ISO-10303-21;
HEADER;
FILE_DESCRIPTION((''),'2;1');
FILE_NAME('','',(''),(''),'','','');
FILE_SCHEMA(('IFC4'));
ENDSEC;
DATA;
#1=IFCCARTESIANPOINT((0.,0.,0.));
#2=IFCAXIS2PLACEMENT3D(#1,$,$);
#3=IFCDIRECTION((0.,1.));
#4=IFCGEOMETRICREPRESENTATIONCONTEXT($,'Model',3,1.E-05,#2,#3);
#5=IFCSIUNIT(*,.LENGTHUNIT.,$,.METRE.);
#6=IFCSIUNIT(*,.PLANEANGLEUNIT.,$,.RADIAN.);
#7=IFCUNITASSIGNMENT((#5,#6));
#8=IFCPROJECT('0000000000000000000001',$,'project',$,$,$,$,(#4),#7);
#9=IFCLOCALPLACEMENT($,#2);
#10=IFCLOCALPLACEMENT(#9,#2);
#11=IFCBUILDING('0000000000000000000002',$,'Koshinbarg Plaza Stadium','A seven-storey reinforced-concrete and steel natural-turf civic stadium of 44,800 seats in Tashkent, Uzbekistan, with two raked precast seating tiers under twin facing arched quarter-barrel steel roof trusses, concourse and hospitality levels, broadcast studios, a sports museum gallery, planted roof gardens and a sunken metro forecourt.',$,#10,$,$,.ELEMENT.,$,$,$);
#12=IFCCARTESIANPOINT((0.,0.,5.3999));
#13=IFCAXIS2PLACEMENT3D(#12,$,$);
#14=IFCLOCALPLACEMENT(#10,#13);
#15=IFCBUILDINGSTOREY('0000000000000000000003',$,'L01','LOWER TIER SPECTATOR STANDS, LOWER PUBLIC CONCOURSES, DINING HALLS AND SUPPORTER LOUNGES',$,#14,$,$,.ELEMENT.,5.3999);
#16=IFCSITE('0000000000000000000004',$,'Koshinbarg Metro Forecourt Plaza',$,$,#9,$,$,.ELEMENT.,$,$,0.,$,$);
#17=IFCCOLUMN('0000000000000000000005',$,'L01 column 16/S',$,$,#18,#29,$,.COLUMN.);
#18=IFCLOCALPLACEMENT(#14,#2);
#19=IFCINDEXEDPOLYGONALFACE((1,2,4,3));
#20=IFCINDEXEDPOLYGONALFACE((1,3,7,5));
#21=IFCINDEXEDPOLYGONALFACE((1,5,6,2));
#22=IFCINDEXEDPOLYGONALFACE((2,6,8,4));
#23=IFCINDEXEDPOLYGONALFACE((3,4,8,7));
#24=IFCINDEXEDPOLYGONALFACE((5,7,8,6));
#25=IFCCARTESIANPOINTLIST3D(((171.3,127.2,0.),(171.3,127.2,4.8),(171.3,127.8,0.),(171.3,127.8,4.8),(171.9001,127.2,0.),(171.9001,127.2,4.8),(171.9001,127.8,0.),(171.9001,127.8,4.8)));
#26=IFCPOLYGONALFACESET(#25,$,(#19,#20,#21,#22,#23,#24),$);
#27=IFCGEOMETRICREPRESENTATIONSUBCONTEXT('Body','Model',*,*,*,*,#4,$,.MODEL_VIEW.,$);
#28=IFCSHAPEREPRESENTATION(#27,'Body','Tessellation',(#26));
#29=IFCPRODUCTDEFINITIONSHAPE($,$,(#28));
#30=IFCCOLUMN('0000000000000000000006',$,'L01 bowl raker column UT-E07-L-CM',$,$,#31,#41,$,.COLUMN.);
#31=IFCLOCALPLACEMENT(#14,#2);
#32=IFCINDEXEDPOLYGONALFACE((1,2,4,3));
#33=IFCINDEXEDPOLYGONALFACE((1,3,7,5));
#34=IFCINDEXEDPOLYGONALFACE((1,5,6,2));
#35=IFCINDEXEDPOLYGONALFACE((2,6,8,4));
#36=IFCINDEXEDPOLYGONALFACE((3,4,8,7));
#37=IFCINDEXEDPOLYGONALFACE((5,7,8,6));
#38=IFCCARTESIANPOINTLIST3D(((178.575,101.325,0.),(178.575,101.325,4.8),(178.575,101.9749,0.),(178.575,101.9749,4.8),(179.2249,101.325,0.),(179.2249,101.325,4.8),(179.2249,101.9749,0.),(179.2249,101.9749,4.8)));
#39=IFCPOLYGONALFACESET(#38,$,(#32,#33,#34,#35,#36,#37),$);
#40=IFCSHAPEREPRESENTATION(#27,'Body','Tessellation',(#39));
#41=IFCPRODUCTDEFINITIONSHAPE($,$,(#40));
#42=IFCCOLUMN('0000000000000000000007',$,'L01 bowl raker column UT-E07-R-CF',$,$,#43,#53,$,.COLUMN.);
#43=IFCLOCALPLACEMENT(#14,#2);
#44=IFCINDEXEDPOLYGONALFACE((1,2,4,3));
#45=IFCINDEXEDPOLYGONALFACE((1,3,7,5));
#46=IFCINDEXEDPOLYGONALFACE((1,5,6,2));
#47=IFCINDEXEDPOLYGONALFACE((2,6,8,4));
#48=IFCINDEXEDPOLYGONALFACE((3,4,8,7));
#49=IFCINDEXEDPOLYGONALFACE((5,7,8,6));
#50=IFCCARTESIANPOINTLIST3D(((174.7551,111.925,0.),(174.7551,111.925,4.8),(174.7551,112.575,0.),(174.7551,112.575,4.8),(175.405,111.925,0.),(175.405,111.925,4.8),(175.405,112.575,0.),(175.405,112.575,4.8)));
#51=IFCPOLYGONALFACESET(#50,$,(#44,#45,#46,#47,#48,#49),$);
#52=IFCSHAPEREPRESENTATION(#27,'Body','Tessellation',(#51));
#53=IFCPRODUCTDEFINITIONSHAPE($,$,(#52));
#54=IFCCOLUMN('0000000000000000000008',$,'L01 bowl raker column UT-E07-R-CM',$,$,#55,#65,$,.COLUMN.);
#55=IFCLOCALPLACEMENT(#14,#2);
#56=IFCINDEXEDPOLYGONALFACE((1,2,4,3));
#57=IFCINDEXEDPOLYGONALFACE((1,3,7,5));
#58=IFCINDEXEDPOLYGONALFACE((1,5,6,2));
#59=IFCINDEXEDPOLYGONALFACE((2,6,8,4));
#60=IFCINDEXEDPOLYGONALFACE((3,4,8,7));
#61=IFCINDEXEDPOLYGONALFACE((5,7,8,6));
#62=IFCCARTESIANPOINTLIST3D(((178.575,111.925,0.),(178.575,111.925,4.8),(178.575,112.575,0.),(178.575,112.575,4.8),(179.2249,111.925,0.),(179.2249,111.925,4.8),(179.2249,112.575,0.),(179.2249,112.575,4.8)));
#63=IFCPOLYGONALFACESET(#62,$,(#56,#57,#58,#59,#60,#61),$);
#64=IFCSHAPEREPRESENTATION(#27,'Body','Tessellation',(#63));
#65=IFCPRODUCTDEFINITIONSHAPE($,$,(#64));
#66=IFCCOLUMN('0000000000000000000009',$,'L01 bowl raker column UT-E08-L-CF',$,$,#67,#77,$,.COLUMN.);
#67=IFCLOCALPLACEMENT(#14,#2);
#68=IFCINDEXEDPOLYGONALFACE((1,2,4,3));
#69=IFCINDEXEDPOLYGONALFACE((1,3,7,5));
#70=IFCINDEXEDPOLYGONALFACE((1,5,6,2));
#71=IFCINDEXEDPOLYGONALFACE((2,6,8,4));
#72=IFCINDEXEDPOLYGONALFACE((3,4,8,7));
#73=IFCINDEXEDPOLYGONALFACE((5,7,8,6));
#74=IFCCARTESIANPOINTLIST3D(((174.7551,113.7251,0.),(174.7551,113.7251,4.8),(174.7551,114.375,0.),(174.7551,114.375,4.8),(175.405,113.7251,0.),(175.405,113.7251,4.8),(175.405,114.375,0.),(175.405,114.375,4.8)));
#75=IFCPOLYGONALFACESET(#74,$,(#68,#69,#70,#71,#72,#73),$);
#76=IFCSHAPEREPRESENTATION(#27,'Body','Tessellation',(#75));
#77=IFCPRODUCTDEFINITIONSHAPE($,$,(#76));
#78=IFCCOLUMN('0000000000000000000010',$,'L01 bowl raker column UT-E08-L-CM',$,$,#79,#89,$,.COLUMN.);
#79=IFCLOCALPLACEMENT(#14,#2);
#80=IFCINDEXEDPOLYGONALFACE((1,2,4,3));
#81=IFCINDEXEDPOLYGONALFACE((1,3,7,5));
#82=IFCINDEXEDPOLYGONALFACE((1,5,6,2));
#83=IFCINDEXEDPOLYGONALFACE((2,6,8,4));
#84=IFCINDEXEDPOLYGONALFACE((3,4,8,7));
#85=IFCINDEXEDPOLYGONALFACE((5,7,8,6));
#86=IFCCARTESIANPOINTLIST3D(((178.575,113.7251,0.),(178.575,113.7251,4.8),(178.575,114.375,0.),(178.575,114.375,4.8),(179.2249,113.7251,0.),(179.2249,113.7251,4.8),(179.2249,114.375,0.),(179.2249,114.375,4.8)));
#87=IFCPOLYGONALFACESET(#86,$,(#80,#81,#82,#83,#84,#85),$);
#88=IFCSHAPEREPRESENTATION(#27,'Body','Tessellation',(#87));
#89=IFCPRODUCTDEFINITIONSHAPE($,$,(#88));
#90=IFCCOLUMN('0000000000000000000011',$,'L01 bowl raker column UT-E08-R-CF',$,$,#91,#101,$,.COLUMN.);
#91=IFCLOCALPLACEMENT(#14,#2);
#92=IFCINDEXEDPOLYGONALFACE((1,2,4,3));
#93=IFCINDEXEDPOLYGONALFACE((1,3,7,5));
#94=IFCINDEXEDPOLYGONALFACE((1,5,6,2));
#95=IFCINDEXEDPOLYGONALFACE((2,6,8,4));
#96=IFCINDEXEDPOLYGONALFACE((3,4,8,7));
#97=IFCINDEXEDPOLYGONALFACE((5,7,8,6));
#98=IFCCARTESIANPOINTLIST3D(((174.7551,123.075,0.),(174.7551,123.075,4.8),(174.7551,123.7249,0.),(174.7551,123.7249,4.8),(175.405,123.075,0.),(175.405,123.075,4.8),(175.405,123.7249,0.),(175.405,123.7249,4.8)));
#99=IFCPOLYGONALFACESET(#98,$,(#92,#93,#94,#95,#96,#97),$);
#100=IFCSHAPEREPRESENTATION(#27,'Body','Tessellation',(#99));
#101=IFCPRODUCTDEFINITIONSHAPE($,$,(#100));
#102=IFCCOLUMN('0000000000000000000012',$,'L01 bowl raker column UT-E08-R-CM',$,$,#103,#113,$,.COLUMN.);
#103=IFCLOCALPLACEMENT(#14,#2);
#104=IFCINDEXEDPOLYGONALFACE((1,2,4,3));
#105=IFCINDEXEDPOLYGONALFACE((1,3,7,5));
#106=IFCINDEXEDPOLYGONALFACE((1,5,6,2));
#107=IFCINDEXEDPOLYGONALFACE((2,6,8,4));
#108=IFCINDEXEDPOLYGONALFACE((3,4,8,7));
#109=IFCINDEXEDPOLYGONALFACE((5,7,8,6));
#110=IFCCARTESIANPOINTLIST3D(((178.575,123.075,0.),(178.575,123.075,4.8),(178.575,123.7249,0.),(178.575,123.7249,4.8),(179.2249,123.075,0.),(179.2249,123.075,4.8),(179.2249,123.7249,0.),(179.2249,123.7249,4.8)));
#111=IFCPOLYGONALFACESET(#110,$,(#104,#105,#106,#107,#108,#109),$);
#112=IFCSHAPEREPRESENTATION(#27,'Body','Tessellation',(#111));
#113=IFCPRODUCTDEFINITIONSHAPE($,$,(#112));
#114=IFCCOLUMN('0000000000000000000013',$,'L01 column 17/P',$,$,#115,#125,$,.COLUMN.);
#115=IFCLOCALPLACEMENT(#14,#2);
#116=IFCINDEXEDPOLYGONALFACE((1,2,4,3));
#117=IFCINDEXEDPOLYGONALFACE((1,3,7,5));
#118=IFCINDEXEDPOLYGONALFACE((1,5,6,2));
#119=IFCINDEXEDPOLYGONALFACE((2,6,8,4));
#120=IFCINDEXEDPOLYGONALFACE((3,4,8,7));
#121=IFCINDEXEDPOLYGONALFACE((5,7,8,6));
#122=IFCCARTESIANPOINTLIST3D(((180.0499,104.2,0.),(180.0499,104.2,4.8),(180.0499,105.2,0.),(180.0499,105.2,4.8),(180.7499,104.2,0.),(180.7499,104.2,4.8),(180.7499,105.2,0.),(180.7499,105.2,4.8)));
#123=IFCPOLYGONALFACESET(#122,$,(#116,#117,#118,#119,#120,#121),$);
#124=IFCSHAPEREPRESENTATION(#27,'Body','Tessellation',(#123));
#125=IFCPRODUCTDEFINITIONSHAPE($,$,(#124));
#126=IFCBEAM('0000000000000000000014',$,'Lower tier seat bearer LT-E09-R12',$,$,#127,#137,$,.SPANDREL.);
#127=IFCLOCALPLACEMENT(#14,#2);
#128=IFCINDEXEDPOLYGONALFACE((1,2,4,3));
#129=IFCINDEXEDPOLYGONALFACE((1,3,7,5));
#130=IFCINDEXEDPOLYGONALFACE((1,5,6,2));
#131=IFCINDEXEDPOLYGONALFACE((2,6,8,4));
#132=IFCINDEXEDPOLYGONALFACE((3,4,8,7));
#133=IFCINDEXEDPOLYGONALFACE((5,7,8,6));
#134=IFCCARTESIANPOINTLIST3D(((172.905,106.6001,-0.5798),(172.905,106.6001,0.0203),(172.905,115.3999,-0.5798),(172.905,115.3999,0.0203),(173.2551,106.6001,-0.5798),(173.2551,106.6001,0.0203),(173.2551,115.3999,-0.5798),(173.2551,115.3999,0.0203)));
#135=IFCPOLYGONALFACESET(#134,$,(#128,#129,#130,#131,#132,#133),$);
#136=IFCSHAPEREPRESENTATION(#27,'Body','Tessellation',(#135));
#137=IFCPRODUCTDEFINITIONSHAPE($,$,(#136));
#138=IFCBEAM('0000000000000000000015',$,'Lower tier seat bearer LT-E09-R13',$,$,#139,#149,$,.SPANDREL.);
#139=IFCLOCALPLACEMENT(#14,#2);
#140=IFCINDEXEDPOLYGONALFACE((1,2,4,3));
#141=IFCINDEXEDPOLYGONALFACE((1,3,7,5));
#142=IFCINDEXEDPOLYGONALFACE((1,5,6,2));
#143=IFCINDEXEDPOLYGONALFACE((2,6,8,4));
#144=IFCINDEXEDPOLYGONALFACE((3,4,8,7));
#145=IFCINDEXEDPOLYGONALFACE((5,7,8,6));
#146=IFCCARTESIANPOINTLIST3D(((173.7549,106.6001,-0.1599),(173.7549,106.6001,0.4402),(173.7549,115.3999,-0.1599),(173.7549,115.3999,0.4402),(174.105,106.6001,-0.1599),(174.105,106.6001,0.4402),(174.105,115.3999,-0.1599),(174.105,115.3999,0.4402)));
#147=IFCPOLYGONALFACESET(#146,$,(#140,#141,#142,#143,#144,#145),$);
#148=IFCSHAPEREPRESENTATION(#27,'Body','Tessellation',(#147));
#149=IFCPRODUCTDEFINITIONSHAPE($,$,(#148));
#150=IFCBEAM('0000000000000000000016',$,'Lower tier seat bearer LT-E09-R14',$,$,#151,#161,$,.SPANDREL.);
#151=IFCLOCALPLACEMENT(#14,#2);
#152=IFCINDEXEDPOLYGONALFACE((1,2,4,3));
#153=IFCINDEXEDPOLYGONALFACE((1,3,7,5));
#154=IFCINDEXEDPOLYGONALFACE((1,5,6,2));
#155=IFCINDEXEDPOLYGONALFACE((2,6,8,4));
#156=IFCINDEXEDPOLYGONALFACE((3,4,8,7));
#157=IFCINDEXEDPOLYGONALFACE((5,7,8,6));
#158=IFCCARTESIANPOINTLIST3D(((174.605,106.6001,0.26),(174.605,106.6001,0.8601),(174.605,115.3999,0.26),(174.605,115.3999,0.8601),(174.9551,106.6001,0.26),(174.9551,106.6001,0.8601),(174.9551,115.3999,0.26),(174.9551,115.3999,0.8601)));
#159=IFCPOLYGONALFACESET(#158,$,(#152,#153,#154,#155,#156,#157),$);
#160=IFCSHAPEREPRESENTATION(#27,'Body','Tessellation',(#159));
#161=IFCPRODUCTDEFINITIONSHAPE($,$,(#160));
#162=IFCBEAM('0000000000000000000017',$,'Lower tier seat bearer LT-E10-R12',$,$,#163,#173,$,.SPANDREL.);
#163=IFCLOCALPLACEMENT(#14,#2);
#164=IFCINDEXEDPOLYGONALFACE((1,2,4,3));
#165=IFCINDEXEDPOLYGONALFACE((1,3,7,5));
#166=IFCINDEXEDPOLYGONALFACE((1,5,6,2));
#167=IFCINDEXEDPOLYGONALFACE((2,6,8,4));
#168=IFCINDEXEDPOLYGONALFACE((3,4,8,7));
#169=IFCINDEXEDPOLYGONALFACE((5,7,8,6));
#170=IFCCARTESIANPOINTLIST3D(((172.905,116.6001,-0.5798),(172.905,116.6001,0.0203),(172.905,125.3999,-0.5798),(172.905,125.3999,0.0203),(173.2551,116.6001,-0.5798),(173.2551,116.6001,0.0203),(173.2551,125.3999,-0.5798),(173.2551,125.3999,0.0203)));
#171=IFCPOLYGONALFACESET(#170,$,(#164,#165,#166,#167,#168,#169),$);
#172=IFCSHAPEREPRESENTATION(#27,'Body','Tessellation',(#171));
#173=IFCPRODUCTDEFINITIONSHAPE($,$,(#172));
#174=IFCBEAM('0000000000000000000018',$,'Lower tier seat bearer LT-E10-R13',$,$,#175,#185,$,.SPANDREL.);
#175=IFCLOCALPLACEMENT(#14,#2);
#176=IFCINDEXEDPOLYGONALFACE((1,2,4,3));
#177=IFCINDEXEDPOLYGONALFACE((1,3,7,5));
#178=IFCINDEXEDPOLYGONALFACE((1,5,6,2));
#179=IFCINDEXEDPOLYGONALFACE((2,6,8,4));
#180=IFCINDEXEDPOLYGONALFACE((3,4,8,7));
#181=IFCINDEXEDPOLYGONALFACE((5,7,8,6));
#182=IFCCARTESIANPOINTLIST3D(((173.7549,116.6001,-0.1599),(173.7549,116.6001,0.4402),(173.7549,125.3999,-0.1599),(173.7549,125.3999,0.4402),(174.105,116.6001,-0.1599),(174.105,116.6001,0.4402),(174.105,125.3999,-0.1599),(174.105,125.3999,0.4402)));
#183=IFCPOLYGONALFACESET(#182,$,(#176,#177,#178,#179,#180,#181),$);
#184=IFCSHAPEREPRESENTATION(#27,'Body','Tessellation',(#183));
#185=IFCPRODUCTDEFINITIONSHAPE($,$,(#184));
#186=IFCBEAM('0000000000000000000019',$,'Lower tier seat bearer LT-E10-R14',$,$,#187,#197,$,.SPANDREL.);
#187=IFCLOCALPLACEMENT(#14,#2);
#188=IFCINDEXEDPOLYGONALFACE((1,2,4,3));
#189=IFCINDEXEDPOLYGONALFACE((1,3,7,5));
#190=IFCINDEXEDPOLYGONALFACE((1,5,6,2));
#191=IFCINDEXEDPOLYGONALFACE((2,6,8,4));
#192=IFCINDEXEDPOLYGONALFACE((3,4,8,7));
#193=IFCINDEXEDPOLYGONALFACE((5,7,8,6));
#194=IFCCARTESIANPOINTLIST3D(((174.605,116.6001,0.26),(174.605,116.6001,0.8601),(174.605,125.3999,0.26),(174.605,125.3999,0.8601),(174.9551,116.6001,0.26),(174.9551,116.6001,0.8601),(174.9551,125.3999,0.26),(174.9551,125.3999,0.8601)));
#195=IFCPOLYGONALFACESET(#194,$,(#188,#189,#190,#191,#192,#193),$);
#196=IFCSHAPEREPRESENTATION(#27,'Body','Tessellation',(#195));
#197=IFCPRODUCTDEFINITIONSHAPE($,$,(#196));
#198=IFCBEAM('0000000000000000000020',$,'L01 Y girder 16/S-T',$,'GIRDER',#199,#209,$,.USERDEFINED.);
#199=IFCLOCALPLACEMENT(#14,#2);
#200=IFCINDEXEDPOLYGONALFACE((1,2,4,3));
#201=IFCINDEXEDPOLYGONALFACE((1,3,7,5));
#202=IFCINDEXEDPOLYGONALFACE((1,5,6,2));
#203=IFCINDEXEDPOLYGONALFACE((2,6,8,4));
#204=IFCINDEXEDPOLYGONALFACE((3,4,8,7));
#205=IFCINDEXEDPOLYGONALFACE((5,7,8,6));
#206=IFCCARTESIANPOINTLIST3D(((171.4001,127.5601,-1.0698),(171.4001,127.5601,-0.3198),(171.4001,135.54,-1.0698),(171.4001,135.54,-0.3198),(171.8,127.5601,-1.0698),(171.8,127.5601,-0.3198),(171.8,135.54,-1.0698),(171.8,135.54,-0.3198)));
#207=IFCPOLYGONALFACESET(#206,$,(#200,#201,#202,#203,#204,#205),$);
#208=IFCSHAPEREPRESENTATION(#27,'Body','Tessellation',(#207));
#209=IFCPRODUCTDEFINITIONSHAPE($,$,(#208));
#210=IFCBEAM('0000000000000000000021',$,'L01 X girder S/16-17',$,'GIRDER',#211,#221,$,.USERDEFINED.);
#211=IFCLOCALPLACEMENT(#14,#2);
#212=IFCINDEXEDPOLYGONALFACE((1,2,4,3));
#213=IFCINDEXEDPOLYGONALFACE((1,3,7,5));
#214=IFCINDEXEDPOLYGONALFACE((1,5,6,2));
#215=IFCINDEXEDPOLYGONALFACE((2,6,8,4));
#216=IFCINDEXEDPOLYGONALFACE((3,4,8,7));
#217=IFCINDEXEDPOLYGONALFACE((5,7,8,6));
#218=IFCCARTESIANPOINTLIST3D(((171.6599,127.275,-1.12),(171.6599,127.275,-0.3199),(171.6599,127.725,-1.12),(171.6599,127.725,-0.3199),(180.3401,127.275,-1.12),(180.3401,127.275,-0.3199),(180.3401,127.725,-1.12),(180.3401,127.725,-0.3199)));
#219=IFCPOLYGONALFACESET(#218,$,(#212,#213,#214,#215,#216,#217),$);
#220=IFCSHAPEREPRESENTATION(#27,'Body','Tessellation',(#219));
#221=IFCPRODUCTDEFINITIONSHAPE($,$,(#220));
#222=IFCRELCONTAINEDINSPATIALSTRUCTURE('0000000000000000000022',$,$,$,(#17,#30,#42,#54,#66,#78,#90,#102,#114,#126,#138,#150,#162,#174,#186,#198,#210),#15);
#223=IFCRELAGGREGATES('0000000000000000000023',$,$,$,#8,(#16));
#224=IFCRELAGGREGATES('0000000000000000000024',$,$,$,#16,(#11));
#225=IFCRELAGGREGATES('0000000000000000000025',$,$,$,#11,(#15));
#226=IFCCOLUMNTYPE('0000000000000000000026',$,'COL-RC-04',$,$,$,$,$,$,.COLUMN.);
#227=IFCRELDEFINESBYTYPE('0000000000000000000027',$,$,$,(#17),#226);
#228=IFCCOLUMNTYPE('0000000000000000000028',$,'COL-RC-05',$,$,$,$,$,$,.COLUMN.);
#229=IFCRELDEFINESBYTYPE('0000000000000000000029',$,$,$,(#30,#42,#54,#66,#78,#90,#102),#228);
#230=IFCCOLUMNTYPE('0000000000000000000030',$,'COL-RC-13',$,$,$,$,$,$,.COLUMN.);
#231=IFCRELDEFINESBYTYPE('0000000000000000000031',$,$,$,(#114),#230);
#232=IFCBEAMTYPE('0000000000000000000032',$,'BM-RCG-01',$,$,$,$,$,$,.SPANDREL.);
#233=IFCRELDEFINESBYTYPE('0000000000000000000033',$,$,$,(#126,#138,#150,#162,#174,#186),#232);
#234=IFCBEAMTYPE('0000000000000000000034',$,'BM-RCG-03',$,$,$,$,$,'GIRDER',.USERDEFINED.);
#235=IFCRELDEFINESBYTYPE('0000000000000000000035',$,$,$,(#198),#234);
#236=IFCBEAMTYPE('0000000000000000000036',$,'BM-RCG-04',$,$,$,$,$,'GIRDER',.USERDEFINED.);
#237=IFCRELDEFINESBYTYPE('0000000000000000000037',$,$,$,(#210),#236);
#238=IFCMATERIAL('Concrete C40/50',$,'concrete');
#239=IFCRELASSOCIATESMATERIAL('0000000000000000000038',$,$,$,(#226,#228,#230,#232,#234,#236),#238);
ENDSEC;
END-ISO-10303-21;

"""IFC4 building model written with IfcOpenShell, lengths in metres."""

from ifc_helpers import new_model, si_unit, direction, frame, origin, origin_2d, place, context, subcontext, project, spatial, rectangle, extrude, material, material_profile, profile_set, type_object, element, save


model = new_model("IFC4")

# Units and contexts
model_context = context("Model", 3, precision=1e-05, world=origin(), true_north=direction((0.0, 1.0)))
body_context = subcontext(model_context, "Body", "Model", "MODEL_VIEW")
ifc_project = project(units=[si_unit("LENGTHUNIT", "METRE"), si_unit("PLANEANGLEUNIT", "RADIAN")], contexts=[model_context])

# Site, building, storey
site_placement = place(None, origin())
site = spatial("IfcSite", under=ifc_project, at=site_placement, Name="Koshinbarg Metro Forecourt Plaza", CompositionType="ELEMENT", RefElevation=0.0)
building_placement = place(site_placement, origin())
building = spatial("IfcBuilding", under=site, at=building_placement, Name="Koshinbarg Plaza Stadium", Description="A seven-storey reinforced-concrete and steel natural-turf civic stadium of 44,800 seats in Tashkent, Uzbekistan, with two raked precast seating tiers under twin facing arched quarter-barrel steel roof trusses, concourse and hospitality levels, broadcast studios, a sports museum gallery, planted roof gardens and a sunken metro forecourt.", CompositionType="ELEMENT")
storey_placement = place(building_placement, frame((0.0, 0.0, 5.3999)))
storey = spatial("IfcBuildingStorey", under=building, at=storey_placement, Name="L01", Description="LOWER TIER SPECTATOR STANDS, LOWER PUBLIC CONCOURSES, DINING HALLS AND SUPPORTER LOUNGES", CompositionType="ELEMENT", Elevation=5.3999)

# Columns
ifc_material_1 = material(Name="Concrete C40/50", Category="concrete")
ifc_material_profile_1 = material_profile(ifc_material_1, rectangle(XDim=0.6001, YDim=0.6001, at=origin_2d()), Name="RC 600x600")
ifc_profile_set_1 = profile_set([ifc_material_profile_1], Name="Concrete C40/50")
column_type_1 = type_object("IfcColumnType", Name="COL-RC-04", PredefinedType="COLUMN", material=ifc_profile_set_1)
column_1_placement = place(storey_placement, frame((171.6001, 127.5, 0.0), z_axis=(0.0, 0.0, 1.0), x_axis=(1.0, 0.0, 0.0)))
element("IfcColumn", 1, at=column_1_placement, inside=storey, type_object=column_type_1, Name="L01 column 16/S", PredefinedType="COLUMN", context=body_context, shape_type="SweptSolid", body=[
    extrude(rectangle(XDim=0.6001, YDim=0.6001, at=origin_2d()), origin(), (0.0, 0.0, 1.0), 4.8),
])
ifc_material_profile_2 = material_profile(ifc_material_1, rectangle(XDim=0.6499, YDim=0.6499, at=origin_2d()), Name="RC 650x650")
ifc_profile_set_2 = profile_set([ifc_material_profile_2], Name="Concrete C40/50")
column_type_2 = type_object("IfcColumnType", Name="COL-RC-05", PredefinedType="COLUMN", material=ifc_profile_set_2)
for number, where, z_axis, x_axis, name in (
    (2, (178.8999, 101.6499, 0.0), (0.0, 0.0, 1.0), (1.0, 0.0, 0.0), "L01 bowl raker column UT-E07-L-CM"),
    (3, (175.0801, 112.25, 0.0), (0.0, 0.0, 1.0), (1.0, 0.0, 0.0), "L01 bowl raker column UT-E07-R-CF"),
    (4, (178.8999, 112.25, 0.0), (0.0, 0.0, 1.0), (1.0, 0.0, 0.0), "L01 bowl raker column UT-E07-R-CM"),
    (5, (175.0801, 114.05, 0.0), (0.0, 0.0, 1.0), (1.0, 0.0, 0.0), "L01 bowl raker column UT-E08-L-CF"),
    (6, (178.8999, 114.05, 0.0), (0.0, 0.0, 1.0), (1.0, 0.0, 0.0), "L01 bowl raker column UT-E08-L-CM"),
    (7, (175.0801, 123.3999, 0.0), (0.0, 0.0, 1.0), (1.0, 0.0, 0.0), "L01 bowl raker column UT-E08-R-CF"),
    (8, (178.8999, 123.3999, 0.0), (0.0, 0.0, 1.0), (1.0, 0.0, 0.0), "L01 bowl raker column UT-E08-R-CM"),
):
    element("IfcColumn", number, at=place(storey_placement, frame(where, z_axis=z_axis, x_axis=x_axis)), inside=storey, type_object=column_type_2, Name=name, PredefinedType="COLUMN", context=body_context, shape_type="SweptSolid", body=[
        extrude(rectangle(XDim=0.6499, YDim=0.6499, at=origin_2d()), origin(), (0.0, 0.0, 1.0), 4.8),
    ])
ifc_material_profile_3 = material_profile(ifc_material_1, rectangle(XDim=0.7, YDim=1.0, at=origin_2d()), Name="RC 700x1000")
ifc_profile_set_3 = profile_set([ifc_material_profile_3], Name="Concrete C40/50")
column_type_3 = type_object("IfcColumnType", Name="COL-RC-13", PredefinedType="COLUMN", material=ifc_profile_set_3)
column_2_placement = place(storey_placement, frame((180.3999, 104.7, 0.0), z_axis=(0.0, 0.0, 1.0), x_axis=(1.0, 0.0, 0.0)))
element("IfcColumn", 9, at=column_2_placement, inside=storey, type_object=column_type_3, Name="L01 column 17/P", PredefinedType="COLUMN", context=body_context, shape_type="SweptSolid", body=[
    extrude(rectangle(XDim=0.7, YDim=1.0, at=origin_2d()), origin(), (0.0, 0.0, 1.0), 4.8),
])

# Beams
ifc_material_profile_4 = material_profile(ifc_material_1, rectangle(XDim=0.3501, YDim=0.6001, at=origin_2d()), Name="RC 350x600")
ifc_profile_set_4 = profile_set([ifc_material_profile_4], Name="Concrete C40/50")
beam_type_1 = type_object("IfcBeamType", Name="BM-RCG-01", PredefinedType="SPANDREL", material=ifc_profile_set_4)
for number, where, z_axis, x_axis, name in (
    (10, (173.0801, 106.6001, -0.2798), (0.0, 1.0, 0.0), (-1.0, 0.0, 0.0), "Lower tier seat bearer LT-E09-R12"),
    (11, (173.9299, 106.6001, 0.1401), (0.0, 1.0, 0.0), (-1.0, 0.0, 0.0), "Lower tier seat bearer LT-E09-R13"),
    (12, (174.78, 106.6001, 0.5601), (0.0, 1.0, 0.0), (-1.0, 0.0, 0.0), "Lower tier seat bearer LT-E09-R14"),
    (13, (173.0801, 116.6001, -0.2798), (0.0, 1.0, 0.0), (-1.0, 0.0, 0.0), "Lower tier seat bearer LT-E10-R12"),
    (14, (173.9299, 116.6001, 0.1401), (0.0, 1.0, 0.0), (-1.0, 0.0, 0.0), "Lower tier seat bearer LT-E10-R13"),
    (15, (174.78, 116.6001, 0.5601), (0.0, 1.0, 0.0), (-1.0, 0.0, 0.0), "Lower tier seat bearer LT-E10-R14"),
):
    element("IfcBeam", number, at=place(storey_placement, frame(where, z_axis=z_axis, x_axis=x_axis)), inside=storey, type_object=beam_type_1, Name=name, PredefinedType="SPANDREL", context=body_context, shape_type="SweptSolid", body=[
        extrude(rectangle(XDim=0.3501, YDim=0.6001, at=origin_2d()), origin(), (0.0, 0.0, 1.0), 8.7998),
    ])
ifc_material_profile_5 = material_profile(ifc_material_1, rectangle(XDim=0.3999, YDim=0.75, at=origin_2d()), Name="RC 400x750")
ifc_profile_set_5 = profile_set([ifc_material_profile_5], Name="Concrete C40/50")
beam_type_2 = type_object("IfcBeamType", Name="BM-RCG-03", ElementType="GIRDER", PredefinedType="USERDEFINED", material=ifc_profile_set_5)
beam_1_placement = place(storey_placement, frame((171.6001, 127.5601, -0.6948), z_axis=(0.0, 1.0, 0.0), x_axis=(-1.0, 0.0, 0.0)))
element("IfcBeam", 16, at=beam_1_placement, inside=storey, type_object=beam_type_2, Name="L01 Y girder 16/S-T", ObjectType="GIRDER", PredefinedType="USERDEFINED", context=body_context, shape_type="SweptSolid", body=[
    extrude(rectangle(XDim=0.3999, YDim=0.75, at=origin_2d()), origin(), (0.0, 0.0, 1.0), 7.98),
])
ifc_material_profile_6 = material_profile(ifc_material_1, rectangle(XDim=0.45, YDim=0.8, at=origin_2d()), Name="RC 450x800")
ifc_profile_set_6 = profile_set([ifc_material_profile_6], Name="Concrete C40/50")
beam_type_3 = type_object("IfcBeamType", Name="BM-RCG-04", ElementType="GIRDER", PredefinedType="USERDEFINED", material=ifc_profile_set_6)
beam_2_placement = place(storey_placement, frame((171.6599, 127.5, -0.72), z_axis=(1.0, 0.0, 0.0), x_axis=(0.0, 1.0, 0.0)))
element("IfcBeam", 17, at=beam_2_placement, inside=storey, type_object=beam_type_3, Name="L01 X girder S/16-17", ObjectType="GIRDER", PredefinedType="USERDEFINED", context=body_context, shape_type="SweptSolid", body=[
    extrude(rectangle(XDim=0.45, YDim=0.8, at=origin_2d()), origin(), (0.0, 0.0, 1.0), 8.6802),
])

save(model, "model.ifc")
